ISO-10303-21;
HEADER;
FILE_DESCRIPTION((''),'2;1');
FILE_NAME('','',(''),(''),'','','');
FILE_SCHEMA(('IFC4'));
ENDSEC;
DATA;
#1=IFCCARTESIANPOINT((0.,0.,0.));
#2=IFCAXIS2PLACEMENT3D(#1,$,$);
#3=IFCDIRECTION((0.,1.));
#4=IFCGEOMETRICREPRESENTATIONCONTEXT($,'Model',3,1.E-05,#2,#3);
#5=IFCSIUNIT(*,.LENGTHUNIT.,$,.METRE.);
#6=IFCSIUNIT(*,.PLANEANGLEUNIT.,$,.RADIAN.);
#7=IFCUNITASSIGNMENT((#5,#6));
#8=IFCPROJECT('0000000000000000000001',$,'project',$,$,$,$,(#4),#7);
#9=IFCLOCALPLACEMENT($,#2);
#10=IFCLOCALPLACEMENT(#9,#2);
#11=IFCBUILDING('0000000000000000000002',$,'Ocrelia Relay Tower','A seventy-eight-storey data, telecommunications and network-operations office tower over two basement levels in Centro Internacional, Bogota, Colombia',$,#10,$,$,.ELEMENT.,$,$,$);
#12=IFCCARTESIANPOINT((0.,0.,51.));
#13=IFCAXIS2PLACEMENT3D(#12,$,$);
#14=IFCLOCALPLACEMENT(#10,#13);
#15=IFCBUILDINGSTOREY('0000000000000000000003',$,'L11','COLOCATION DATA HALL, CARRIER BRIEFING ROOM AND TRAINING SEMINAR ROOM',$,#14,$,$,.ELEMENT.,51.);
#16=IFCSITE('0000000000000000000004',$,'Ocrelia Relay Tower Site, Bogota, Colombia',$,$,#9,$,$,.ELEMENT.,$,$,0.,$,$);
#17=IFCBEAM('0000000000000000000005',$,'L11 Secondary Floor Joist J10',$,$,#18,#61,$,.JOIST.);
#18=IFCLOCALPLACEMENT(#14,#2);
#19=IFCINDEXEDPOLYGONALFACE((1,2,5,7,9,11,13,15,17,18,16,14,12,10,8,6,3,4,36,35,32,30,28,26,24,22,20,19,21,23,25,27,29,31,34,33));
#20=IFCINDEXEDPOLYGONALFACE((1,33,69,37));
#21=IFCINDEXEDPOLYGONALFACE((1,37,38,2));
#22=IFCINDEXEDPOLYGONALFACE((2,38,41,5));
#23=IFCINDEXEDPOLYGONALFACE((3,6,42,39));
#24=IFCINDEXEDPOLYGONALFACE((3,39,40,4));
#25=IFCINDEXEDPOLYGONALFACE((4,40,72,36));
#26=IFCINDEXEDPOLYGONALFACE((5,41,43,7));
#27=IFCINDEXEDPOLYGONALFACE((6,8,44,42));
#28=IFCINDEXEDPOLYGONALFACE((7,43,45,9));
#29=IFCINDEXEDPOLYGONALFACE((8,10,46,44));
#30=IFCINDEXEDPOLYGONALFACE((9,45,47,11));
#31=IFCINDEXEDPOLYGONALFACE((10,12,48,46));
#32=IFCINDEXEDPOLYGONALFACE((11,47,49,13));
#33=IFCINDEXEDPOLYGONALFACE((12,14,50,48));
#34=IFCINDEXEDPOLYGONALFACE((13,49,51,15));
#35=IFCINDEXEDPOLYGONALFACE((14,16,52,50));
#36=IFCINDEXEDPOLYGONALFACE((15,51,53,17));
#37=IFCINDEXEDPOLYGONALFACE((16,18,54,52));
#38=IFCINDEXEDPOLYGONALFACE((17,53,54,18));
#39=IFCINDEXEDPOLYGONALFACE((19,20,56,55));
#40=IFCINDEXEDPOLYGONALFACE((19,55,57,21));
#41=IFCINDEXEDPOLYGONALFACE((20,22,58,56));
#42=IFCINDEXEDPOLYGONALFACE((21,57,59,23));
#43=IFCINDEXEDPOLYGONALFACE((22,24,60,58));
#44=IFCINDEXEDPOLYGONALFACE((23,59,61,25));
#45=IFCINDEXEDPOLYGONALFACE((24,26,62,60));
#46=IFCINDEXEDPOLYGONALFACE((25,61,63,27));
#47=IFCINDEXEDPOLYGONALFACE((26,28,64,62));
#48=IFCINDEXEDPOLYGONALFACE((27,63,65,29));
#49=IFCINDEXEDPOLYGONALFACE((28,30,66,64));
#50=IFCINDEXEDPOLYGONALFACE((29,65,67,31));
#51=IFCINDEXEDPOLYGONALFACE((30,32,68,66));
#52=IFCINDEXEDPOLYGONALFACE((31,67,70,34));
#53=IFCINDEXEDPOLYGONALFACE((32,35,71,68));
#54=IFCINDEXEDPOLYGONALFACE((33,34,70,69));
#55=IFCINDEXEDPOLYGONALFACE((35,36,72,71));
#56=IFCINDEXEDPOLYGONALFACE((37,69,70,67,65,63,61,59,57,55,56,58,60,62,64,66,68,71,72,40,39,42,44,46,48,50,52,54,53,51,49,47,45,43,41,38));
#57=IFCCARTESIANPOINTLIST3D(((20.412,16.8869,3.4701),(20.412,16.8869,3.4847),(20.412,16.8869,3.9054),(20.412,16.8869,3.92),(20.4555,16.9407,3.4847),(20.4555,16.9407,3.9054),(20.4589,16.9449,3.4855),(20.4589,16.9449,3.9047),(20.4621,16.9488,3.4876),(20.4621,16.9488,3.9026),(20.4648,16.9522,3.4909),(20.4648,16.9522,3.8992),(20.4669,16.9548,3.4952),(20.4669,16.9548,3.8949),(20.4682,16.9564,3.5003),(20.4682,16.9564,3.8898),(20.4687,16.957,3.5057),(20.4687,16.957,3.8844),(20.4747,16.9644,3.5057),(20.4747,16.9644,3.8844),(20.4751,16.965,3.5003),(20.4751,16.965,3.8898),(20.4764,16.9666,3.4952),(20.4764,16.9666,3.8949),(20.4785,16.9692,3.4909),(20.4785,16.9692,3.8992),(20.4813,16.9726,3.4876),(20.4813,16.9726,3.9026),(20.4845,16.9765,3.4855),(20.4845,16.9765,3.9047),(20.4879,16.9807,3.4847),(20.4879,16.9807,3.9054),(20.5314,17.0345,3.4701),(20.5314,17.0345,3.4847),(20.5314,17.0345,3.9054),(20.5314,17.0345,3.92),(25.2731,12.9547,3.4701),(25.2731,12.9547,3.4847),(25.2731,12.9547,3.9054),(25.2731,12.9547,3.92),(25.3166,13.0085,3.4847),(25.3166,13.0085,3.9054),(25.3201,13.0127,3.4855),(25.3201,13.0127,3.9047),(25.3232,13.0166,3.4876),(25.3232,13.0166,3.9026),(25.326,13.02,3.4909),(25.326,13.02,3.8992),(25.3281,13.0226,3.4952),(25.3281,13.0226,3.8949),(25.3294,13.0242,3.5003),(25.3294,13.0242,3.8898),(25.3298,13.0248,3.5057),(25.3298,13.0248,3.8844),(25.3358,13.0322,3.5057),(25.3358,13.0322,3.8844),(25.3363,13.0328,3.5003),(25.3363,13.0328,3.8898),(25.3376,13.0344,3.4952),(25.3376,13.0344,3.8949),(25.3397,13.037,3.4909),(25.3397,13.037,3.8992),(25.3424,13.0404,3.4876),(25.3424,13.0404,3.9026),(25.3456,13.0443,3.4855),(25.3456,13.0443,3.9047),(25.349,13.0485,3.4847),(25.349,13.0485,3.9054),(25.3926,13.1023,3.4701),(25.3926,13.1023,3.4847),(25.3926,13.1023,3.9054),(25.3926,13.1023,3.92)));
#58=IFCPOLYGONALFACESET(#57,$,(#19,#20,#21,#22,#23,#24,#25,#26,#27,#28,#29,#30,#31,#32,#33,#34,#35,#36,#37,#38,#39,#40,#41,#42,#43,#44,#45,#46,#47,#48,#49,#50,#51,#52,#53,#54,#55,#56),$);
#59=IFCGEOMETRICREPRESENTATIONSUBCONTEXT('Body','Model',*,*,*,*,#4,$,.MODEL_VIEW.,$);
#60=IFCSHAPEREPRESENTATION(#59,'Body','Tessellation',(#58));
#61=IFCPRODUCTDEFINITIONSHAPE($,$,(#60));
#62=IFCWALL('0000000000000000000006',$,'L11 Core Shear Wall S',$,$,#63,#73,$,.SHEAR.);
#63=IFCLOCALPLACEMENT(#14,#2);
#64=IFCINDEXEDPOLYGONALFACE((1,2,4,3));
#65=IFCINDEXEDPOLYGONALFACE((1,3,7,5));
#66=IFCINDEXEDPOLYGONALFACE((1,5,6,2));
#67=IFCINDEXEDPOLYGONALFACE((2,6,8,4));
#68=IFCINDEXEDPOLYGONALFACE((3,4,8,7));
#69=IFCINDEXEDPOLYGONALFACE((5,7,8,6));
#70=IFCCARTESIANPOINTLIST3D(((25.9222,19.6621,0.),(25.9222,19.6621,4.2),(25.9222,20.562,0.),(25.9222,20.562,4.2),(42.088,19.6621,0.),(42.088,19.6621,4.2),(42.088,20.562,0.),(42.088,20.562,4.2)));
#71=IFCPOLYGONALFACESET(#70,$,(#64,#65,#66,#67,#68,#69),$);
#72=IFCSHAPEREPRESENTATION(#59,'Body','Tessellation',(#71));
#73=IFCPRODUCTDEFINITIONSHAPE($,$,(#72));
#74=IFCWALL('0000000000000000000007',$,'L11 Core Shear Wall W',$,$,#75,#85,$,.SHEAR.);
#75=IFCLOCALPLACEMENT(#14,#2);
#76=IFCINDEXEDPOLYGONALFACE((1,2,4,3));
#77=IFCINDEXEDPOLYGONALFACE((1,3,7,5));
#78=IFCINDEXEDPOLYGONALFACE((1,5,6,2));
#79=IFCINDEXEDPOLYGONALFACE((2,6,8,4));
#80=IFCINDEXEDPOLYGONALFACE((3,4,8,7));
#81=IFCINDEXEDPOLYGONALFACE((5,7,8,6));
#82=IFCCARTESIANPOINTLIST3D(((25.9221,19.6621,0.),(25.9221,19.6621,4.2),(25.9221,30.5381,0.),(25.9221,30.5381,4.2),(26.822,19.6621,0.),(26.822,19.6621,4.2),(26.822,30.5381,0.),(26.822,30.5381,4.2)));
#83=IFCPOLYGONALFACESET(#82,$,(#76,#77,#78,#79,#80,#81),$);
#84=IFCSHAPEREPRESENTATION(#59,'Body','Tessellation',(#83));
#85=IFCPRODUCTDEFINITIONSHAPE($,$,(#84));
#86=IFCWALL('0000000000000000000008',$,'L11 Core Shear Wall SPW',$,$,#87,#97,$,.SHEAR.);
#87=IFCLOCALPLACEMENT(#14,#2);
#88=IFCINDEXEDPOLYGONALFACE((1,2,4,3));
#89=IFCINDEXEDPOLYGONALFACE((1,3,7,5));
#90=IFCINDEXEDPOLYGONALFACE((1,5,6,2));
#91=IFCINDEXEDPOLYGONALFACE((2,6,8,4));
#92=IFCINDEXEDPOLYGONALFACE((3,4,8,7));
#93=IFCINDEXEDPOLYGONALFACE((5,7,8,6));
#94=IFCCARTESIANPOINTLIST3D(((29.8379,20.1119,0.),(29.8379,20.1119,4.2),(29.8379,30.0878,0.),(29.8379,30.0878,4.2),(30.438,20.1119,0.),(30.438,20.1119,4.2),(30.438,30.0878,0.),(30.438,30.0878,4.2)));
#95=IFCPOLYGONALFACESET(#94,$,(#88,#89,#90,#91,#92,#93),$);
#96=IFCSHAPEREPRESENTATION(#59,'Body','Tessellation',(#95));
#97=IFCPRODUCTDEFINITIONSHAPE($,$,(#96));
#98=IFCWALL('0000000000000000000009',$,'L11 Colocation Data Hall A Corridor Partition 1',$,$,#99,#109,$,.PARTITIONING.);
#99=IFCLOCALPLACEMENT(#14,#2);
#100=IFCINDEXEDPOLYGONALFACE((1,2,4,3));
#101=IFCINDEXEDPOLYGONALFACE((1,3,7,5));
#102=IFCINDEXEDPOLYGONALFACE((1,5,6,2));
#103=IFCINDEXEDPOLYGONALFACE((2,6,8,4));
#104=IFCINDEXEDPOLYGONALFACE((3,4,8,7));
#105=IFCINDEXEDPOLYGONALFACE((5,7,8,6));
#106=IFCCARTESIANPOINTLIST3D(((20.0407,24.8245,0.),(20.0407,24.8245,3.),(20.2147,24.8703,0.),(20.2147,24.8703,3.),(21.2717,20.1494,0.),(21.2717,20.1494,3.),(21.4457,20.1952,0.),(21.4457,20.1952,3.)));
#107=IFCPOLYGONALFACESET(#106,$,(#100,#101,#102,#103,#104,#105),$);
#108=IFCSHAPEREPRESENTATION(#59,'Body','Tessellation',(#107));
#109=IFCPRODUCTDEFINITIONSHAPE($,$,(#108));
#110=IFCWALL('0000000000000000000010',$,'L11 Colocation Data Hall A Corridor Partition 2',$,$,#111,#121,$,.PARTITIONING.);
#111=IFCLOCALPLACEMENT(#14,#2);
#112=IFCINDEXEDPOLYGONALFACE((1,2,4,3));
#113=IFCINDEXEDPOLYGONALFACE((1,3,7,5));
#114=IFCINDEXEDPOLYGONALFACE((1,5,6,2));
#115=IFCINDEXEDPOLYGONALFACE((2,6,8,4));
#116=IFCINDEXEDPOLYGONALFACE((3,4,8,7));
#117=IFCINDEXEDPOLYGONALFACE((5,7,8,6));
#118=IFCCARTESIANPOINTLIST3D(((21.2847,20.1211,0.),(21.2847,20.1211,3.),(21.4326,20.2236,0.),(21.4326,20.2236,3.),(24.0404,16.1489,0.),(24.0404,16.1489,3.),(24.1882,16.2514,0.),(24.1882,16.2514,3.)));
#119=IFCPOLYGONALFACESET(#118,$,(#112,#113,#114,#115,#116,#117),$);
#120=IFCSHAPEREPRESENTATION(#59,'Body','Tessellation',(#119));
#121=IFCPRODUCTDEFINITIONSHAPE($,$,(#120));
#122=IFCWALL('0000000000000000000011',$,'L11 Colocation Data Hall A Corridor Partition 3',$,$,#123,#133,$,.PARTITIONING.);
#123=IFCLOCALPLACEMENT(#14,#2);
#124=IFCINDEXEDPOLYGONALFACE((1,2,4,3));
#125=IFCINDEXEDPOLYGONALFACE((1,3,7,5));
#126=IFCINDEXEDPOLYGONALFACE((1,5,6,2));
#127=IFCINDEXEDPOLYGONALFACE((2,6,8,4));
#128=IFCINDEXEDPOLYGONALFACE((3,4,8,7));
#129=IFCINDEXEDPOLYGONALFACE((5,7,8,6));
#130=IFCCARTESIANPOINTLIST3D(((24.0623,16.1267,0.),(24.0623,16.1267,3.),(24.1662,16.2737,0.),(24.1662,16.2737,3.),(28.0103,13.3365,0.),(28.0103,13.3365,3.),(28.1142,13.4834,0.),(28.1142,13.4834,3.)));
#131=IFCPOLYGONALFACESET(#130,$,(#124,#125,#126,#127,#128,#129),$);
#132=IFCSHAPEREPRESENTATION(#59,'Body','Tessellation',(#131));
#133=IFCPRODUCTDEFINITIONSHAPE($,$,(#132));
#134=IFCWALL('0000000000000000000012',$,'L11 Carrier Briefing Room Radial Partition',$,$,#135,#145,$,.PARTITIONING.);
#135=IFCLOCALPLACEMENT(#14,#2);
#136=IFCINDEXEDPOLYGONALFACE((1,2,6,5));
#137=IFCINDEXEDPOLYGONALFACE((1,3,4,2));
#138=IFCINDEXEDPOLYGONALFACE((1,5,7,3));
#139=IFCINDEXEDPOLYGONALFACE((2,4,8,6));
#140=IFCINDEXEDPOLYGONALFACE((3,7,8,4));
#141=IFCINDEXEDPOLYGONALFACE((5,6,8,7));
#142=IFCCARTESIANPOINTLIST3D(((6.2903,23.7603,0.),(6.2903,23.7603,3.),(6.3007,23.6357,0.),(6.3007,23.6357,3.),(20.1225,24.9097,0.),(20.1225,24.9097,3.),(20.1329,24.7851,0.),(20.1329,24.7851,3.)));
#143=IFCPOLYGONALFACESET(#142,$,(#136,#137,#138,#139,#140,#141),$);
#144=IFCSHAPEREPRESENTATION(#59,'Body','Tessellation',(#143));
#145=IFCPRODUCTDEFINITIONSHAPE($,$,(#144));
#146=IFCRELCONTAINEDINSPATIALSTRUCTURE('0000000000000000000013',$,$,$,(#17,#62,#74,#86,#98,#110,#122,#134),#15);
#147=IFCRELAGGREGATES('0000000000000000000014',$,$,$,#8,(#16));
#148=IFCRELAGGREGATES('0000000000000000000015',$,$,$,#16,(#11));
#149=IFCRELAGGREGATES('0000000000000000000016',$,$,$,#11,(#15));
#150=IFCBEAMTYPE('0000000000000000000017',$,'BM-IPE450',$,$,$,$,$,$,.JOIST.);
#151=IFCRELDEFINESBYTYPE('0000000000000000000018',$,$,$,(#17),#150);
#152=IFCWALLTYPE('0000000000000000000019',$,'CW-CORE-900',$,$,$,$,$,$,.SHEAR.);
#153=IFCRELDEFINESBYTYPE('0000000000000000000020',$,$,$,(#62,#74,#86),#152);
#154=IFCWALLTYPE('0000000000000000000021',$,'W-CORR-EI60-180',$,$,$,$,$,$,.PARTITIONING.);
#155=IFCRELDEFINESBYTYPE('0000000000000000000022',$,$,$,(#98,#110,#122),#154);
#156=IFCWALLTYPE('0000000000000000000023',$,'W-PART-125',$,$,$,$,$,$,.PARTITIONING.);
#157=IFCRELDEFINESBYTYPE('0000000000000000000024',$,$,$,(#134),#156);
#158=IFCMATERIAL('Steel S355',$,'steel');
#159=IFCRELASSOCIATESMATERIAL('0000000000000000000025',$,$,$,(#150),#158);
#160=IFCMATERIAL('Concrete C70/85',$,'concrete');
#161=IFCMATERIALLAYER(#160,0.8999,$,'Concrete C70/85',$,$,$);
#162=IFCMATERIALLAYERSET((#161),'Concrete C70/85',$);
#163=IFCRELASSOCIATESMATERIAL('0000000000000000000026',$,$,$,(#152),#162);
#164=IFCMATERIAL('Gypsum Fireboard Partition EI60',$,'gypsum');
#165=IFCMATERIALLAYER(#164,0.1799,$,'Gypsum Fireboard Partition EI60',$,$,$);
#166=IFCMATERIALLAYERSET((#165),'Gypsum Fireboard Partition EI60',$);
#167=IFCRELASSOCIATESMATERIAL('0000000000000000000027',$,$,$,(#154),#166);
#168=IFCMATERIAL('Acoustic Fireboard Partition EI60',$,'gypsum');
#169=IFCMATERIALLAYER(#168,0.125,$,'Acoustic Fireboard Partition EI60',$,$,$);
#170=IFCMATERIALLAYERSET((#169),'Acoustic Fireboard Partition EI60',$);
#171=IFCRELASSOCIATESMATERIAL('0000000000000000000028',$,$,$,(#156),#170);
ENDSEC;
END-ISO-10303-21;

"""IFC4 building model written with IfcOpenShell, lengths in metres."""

from ifc_helpers import new_model, si_unit, direction, frame, frame_2d, origin, origin_2d, place, context, subcontext, project, spatial, rectangle, i_section, extrude, material, layer, layer_set, material_profile, profile_set, type_object, element, save


model = new_model("IFC4")

# Units and contexts
model_context = context("Model", 3, precision=1e-05, world=origin(), true_north=direction((0.0, 1.0)))
body_context = subcontext(model_context, "Body", "Model", "MODEL_VIEW")
ifc_project = project(units=[si_unit("LENGTHUNIT", "METRE"), si_unit("PLANEANGLEUNIT", "RADIAN")], contexts=[model_context])

# Site, building, storey
site_placement = place(None, origin())
site = spatial("IfcSite", under=ifc_project, at=site_placement, Name="Ocrelia Relay Tower Site, Bogota, Colombia", CompositionType="ELEMENT", RefElevation=0.0)
building_placement = place(site_placement, origin())
building = spatial("IfcBuilding", under=site, at=building_placement, Name="Ocrelia Relay Tower", Description="A seventy-eight-storey data, telecommunications and network-operations office tower over two basement levels in Centro Internacional, Bogota, Colombia", CompositionType="ELEMENT")
storey_placement = place(building_placement, frame((0.0, 0.0, 51.0)))
storey = spatial("IfcBuildingStorey", under=building, at=storey_placement, Name="L11", Description="COLOCATION DATA HALL, CARRIER BRIEFING ROOM AND TRAINING SEMINAR ROOM", CompositionType="ELEMENT", Elevation=51.0)

# Shared definitions
ifc_material_1 = material(Name="Concrete C70/85", Category="concrete")

# Beam
ifc_material_2 = material(Name="Steel S355", Category="steel")
ifc_material_profile_1 = material_profile(ifc_material_2, i_section(OverallWidth=0.1899, OverallDepth=0.45, WebThickness=0.0095, FlangeThickness=0.0146, FilletRadius=0.021, at=origin_2d()), Name="IPE 450")
ifc_profile_set_1 = profile_set([ifc_material_profile_1], Name="Steel S355")
beam_type_1 = type_object("IfcBeamType", Name="BM-IPE450", PredefinedType="JOIST", material=ifc_profile_set_1)
beam_1_placement = place(storey_placement, frame((20.4717, 16.9607, 3.6951), z_axis=(0.777482, -0.628905, 0.0), x_axis=(0.628905, 0.777482, 0.0)))
element("IfcBeam", 1, at=beam_1_placement, inside=storey, type_object=beam_type_1, Name="L11 Secondary Floor Joist J10", PredefinedType="JOIST", context=body_context, shape_type="SweptSolid", body=[
    extrude(i_section(OverallWidth=0.1899, OverallDepth=0.45, WebThickness=0.0095, FlangeThickness=0.0146, FilletRadius=0.021, at=origin_2d()), origin(), (0.0, 0.0, 1.0), 6.2524),
])

# Walls
ifc_layer_1 = layer(ifc_material_1, 0.8999, Name="Concrete C70/85")
ifc_layer_set_1 = layer_set([ifc_layer_1], Name="Concrete C70/85")
wall_type_1 = type_object("IfcWallType", Name="CW-CORE-900", PredefinedType="SHEAR", material=ifc_layer_set_1)
wall_1_placement = place(storey_placement, frame((25.9221, 20.1121, 0.0), z_axis=(0.0, 0.0, 1.0), x_axis=(1.0, 0.0, 0.0)))
element("IfcWall", 2, at=wall_1_placement, inside=storey, type_object=wall_type_1, Name="L11 Core Shear Wall S", PredefinedType="SHEAR", context=body_context, shape_type="SweptSolid", body=[
    extrude(rectangle(XDim=16.1658, YDim=0.8999, at=frame_2d((8.083, 0.0))), origin(), (0.0, 0.0, 1.0), 4.2),
])
wall_2_placement = place(storey_placement, frame((26.3721, 19.6621, 0.0), z_axis=(0.0, 0.0, 1.0), x_axis=(0.0, 1.0, 0.0)))
element("IfcWall", 3, at=wall_2_placement, inside=storey, type_object=wall_type_1, Name="L11 Core Shear Wall W", PredefinedType="SHEAR", context=body_context, shape_type="SweptSolid", body=[
    extrude(rectangle(XDim=10.876, YDim=0.8999, at=frame_2d((5.438, 0.0))), origin(), (0.0, 0.0, 1.0), 4.2),
])
wall_3_placement = place(storey_placement, frame((30.1379, 20.1121, 0.0), z_axis=(0.0, 0.0, 1.0), x_axis=(0.0, 1.0, 0.0)))
element("IfcWall", 4, at=wall_3_placement, inside=storey, type_object=wall_type_1, Name="L11 Core Shear Wall SPW", PredefinedType="SHEAR", context=body_context, shape_type="SweptSolid", body=[
    extrude(rectangle(XDim=9.9758, YDim=0.6001, at=frame_2d((4.9878, 0.0))), origin(), (0.0, 0.0, 1.0), 4.2),
])
ifc_material_3 = material(Name="Gypsum Fireboard Partition EI60", Category="gypsum")
ifc_layer_2 = layer(ifc_material_3, 0.1799, Name="Gypsum Fireboard Partition EI60")
ifc_layer_set_2 = layer_set([ifc_layer_2], Name="Gypsum Fireboard Partition EI60")
wall_type_2 = type_object("IfcWallType", Name="W-CORR-EI60-180", PredefinedType="PARTITIONING", material=ifc_layer_set_2)
for number, where, z_axis, x_axis, name in (
    (5, (20.1277, 24.8474, 0.0), (0.0, 0.0, 1.0), (0.254625, -0.96704, 0.0), "L11 Colocation Data Hall A Corridor Partition 1"),
    (6, (21.3586, 20.1724, 0.0), (0.0, 0.0, 1.0), (0.57, -0.821645, 0.0), "L11 Colocation Data Hall A Corridor Partition 2"),
    (7, (24.1143, 16.2002, 0.0), (0.0, 0.0, 1.0), (0.81663, -0.577161, 0.0), "L11 Colocation Data Hall A Corridor Partition 3"),
):
    element("IfcWall", number, at=place(storey_placement, frame(where, z_axis=z_axis, x_axis=x_axis)), inside=storey, type_object=wall_type_2, Name=name, PredefinedType="PARTITIONING", context=body_context, shape_type="SweptSolid", body=[
        extrude(rectangle(XDim=4.8345, YDim=0.1799, at=frame_2d((2.4172, 0.0))), origin(), (0.0, 0.0, 1.0), 3.0),
    ])
ifc_material_4 = material(Name="Acoustic Fireboard Partition EI60", Category="gypsum")
ifc_layer_3 = layer(ifc_material_4, 0.125, Name="Acoustic Fireboard Partition EI60")
ifc_layer_set_3 = layer_set([ifc_layer_3], Name="Acoustic Fireboard Partition EI60")
wall_type_3 = type_object("IfcWallType", Name="W-PART-125", PredefinedType="PARTITIONING", material=ifc_layer_set_3)
wall_4_placement = place(storey_placement, frame((20.1277, 24.8474, 0.0), z_axis=(0.0, 0.0, 1.0), x_axis=(-0.996565, -0.082811, 0.0)))
element("IfcWall", 8, at=wall_4_placement, inside=storey, type_object=wall_type_3, Name="L11 Carrier Briefing Room Radial Partition", PredefinedType="PARTITIONING", context=body_context, shape_type="SweptSolid", body=[
    extrude(rectangle(XDim=13.8799, YDim=0.125, at=frame_2d((6.9399, 0.0))), origin(), (0.0, 0.0, 1.0), 3.0),
])

save(model, "model.ifc")
